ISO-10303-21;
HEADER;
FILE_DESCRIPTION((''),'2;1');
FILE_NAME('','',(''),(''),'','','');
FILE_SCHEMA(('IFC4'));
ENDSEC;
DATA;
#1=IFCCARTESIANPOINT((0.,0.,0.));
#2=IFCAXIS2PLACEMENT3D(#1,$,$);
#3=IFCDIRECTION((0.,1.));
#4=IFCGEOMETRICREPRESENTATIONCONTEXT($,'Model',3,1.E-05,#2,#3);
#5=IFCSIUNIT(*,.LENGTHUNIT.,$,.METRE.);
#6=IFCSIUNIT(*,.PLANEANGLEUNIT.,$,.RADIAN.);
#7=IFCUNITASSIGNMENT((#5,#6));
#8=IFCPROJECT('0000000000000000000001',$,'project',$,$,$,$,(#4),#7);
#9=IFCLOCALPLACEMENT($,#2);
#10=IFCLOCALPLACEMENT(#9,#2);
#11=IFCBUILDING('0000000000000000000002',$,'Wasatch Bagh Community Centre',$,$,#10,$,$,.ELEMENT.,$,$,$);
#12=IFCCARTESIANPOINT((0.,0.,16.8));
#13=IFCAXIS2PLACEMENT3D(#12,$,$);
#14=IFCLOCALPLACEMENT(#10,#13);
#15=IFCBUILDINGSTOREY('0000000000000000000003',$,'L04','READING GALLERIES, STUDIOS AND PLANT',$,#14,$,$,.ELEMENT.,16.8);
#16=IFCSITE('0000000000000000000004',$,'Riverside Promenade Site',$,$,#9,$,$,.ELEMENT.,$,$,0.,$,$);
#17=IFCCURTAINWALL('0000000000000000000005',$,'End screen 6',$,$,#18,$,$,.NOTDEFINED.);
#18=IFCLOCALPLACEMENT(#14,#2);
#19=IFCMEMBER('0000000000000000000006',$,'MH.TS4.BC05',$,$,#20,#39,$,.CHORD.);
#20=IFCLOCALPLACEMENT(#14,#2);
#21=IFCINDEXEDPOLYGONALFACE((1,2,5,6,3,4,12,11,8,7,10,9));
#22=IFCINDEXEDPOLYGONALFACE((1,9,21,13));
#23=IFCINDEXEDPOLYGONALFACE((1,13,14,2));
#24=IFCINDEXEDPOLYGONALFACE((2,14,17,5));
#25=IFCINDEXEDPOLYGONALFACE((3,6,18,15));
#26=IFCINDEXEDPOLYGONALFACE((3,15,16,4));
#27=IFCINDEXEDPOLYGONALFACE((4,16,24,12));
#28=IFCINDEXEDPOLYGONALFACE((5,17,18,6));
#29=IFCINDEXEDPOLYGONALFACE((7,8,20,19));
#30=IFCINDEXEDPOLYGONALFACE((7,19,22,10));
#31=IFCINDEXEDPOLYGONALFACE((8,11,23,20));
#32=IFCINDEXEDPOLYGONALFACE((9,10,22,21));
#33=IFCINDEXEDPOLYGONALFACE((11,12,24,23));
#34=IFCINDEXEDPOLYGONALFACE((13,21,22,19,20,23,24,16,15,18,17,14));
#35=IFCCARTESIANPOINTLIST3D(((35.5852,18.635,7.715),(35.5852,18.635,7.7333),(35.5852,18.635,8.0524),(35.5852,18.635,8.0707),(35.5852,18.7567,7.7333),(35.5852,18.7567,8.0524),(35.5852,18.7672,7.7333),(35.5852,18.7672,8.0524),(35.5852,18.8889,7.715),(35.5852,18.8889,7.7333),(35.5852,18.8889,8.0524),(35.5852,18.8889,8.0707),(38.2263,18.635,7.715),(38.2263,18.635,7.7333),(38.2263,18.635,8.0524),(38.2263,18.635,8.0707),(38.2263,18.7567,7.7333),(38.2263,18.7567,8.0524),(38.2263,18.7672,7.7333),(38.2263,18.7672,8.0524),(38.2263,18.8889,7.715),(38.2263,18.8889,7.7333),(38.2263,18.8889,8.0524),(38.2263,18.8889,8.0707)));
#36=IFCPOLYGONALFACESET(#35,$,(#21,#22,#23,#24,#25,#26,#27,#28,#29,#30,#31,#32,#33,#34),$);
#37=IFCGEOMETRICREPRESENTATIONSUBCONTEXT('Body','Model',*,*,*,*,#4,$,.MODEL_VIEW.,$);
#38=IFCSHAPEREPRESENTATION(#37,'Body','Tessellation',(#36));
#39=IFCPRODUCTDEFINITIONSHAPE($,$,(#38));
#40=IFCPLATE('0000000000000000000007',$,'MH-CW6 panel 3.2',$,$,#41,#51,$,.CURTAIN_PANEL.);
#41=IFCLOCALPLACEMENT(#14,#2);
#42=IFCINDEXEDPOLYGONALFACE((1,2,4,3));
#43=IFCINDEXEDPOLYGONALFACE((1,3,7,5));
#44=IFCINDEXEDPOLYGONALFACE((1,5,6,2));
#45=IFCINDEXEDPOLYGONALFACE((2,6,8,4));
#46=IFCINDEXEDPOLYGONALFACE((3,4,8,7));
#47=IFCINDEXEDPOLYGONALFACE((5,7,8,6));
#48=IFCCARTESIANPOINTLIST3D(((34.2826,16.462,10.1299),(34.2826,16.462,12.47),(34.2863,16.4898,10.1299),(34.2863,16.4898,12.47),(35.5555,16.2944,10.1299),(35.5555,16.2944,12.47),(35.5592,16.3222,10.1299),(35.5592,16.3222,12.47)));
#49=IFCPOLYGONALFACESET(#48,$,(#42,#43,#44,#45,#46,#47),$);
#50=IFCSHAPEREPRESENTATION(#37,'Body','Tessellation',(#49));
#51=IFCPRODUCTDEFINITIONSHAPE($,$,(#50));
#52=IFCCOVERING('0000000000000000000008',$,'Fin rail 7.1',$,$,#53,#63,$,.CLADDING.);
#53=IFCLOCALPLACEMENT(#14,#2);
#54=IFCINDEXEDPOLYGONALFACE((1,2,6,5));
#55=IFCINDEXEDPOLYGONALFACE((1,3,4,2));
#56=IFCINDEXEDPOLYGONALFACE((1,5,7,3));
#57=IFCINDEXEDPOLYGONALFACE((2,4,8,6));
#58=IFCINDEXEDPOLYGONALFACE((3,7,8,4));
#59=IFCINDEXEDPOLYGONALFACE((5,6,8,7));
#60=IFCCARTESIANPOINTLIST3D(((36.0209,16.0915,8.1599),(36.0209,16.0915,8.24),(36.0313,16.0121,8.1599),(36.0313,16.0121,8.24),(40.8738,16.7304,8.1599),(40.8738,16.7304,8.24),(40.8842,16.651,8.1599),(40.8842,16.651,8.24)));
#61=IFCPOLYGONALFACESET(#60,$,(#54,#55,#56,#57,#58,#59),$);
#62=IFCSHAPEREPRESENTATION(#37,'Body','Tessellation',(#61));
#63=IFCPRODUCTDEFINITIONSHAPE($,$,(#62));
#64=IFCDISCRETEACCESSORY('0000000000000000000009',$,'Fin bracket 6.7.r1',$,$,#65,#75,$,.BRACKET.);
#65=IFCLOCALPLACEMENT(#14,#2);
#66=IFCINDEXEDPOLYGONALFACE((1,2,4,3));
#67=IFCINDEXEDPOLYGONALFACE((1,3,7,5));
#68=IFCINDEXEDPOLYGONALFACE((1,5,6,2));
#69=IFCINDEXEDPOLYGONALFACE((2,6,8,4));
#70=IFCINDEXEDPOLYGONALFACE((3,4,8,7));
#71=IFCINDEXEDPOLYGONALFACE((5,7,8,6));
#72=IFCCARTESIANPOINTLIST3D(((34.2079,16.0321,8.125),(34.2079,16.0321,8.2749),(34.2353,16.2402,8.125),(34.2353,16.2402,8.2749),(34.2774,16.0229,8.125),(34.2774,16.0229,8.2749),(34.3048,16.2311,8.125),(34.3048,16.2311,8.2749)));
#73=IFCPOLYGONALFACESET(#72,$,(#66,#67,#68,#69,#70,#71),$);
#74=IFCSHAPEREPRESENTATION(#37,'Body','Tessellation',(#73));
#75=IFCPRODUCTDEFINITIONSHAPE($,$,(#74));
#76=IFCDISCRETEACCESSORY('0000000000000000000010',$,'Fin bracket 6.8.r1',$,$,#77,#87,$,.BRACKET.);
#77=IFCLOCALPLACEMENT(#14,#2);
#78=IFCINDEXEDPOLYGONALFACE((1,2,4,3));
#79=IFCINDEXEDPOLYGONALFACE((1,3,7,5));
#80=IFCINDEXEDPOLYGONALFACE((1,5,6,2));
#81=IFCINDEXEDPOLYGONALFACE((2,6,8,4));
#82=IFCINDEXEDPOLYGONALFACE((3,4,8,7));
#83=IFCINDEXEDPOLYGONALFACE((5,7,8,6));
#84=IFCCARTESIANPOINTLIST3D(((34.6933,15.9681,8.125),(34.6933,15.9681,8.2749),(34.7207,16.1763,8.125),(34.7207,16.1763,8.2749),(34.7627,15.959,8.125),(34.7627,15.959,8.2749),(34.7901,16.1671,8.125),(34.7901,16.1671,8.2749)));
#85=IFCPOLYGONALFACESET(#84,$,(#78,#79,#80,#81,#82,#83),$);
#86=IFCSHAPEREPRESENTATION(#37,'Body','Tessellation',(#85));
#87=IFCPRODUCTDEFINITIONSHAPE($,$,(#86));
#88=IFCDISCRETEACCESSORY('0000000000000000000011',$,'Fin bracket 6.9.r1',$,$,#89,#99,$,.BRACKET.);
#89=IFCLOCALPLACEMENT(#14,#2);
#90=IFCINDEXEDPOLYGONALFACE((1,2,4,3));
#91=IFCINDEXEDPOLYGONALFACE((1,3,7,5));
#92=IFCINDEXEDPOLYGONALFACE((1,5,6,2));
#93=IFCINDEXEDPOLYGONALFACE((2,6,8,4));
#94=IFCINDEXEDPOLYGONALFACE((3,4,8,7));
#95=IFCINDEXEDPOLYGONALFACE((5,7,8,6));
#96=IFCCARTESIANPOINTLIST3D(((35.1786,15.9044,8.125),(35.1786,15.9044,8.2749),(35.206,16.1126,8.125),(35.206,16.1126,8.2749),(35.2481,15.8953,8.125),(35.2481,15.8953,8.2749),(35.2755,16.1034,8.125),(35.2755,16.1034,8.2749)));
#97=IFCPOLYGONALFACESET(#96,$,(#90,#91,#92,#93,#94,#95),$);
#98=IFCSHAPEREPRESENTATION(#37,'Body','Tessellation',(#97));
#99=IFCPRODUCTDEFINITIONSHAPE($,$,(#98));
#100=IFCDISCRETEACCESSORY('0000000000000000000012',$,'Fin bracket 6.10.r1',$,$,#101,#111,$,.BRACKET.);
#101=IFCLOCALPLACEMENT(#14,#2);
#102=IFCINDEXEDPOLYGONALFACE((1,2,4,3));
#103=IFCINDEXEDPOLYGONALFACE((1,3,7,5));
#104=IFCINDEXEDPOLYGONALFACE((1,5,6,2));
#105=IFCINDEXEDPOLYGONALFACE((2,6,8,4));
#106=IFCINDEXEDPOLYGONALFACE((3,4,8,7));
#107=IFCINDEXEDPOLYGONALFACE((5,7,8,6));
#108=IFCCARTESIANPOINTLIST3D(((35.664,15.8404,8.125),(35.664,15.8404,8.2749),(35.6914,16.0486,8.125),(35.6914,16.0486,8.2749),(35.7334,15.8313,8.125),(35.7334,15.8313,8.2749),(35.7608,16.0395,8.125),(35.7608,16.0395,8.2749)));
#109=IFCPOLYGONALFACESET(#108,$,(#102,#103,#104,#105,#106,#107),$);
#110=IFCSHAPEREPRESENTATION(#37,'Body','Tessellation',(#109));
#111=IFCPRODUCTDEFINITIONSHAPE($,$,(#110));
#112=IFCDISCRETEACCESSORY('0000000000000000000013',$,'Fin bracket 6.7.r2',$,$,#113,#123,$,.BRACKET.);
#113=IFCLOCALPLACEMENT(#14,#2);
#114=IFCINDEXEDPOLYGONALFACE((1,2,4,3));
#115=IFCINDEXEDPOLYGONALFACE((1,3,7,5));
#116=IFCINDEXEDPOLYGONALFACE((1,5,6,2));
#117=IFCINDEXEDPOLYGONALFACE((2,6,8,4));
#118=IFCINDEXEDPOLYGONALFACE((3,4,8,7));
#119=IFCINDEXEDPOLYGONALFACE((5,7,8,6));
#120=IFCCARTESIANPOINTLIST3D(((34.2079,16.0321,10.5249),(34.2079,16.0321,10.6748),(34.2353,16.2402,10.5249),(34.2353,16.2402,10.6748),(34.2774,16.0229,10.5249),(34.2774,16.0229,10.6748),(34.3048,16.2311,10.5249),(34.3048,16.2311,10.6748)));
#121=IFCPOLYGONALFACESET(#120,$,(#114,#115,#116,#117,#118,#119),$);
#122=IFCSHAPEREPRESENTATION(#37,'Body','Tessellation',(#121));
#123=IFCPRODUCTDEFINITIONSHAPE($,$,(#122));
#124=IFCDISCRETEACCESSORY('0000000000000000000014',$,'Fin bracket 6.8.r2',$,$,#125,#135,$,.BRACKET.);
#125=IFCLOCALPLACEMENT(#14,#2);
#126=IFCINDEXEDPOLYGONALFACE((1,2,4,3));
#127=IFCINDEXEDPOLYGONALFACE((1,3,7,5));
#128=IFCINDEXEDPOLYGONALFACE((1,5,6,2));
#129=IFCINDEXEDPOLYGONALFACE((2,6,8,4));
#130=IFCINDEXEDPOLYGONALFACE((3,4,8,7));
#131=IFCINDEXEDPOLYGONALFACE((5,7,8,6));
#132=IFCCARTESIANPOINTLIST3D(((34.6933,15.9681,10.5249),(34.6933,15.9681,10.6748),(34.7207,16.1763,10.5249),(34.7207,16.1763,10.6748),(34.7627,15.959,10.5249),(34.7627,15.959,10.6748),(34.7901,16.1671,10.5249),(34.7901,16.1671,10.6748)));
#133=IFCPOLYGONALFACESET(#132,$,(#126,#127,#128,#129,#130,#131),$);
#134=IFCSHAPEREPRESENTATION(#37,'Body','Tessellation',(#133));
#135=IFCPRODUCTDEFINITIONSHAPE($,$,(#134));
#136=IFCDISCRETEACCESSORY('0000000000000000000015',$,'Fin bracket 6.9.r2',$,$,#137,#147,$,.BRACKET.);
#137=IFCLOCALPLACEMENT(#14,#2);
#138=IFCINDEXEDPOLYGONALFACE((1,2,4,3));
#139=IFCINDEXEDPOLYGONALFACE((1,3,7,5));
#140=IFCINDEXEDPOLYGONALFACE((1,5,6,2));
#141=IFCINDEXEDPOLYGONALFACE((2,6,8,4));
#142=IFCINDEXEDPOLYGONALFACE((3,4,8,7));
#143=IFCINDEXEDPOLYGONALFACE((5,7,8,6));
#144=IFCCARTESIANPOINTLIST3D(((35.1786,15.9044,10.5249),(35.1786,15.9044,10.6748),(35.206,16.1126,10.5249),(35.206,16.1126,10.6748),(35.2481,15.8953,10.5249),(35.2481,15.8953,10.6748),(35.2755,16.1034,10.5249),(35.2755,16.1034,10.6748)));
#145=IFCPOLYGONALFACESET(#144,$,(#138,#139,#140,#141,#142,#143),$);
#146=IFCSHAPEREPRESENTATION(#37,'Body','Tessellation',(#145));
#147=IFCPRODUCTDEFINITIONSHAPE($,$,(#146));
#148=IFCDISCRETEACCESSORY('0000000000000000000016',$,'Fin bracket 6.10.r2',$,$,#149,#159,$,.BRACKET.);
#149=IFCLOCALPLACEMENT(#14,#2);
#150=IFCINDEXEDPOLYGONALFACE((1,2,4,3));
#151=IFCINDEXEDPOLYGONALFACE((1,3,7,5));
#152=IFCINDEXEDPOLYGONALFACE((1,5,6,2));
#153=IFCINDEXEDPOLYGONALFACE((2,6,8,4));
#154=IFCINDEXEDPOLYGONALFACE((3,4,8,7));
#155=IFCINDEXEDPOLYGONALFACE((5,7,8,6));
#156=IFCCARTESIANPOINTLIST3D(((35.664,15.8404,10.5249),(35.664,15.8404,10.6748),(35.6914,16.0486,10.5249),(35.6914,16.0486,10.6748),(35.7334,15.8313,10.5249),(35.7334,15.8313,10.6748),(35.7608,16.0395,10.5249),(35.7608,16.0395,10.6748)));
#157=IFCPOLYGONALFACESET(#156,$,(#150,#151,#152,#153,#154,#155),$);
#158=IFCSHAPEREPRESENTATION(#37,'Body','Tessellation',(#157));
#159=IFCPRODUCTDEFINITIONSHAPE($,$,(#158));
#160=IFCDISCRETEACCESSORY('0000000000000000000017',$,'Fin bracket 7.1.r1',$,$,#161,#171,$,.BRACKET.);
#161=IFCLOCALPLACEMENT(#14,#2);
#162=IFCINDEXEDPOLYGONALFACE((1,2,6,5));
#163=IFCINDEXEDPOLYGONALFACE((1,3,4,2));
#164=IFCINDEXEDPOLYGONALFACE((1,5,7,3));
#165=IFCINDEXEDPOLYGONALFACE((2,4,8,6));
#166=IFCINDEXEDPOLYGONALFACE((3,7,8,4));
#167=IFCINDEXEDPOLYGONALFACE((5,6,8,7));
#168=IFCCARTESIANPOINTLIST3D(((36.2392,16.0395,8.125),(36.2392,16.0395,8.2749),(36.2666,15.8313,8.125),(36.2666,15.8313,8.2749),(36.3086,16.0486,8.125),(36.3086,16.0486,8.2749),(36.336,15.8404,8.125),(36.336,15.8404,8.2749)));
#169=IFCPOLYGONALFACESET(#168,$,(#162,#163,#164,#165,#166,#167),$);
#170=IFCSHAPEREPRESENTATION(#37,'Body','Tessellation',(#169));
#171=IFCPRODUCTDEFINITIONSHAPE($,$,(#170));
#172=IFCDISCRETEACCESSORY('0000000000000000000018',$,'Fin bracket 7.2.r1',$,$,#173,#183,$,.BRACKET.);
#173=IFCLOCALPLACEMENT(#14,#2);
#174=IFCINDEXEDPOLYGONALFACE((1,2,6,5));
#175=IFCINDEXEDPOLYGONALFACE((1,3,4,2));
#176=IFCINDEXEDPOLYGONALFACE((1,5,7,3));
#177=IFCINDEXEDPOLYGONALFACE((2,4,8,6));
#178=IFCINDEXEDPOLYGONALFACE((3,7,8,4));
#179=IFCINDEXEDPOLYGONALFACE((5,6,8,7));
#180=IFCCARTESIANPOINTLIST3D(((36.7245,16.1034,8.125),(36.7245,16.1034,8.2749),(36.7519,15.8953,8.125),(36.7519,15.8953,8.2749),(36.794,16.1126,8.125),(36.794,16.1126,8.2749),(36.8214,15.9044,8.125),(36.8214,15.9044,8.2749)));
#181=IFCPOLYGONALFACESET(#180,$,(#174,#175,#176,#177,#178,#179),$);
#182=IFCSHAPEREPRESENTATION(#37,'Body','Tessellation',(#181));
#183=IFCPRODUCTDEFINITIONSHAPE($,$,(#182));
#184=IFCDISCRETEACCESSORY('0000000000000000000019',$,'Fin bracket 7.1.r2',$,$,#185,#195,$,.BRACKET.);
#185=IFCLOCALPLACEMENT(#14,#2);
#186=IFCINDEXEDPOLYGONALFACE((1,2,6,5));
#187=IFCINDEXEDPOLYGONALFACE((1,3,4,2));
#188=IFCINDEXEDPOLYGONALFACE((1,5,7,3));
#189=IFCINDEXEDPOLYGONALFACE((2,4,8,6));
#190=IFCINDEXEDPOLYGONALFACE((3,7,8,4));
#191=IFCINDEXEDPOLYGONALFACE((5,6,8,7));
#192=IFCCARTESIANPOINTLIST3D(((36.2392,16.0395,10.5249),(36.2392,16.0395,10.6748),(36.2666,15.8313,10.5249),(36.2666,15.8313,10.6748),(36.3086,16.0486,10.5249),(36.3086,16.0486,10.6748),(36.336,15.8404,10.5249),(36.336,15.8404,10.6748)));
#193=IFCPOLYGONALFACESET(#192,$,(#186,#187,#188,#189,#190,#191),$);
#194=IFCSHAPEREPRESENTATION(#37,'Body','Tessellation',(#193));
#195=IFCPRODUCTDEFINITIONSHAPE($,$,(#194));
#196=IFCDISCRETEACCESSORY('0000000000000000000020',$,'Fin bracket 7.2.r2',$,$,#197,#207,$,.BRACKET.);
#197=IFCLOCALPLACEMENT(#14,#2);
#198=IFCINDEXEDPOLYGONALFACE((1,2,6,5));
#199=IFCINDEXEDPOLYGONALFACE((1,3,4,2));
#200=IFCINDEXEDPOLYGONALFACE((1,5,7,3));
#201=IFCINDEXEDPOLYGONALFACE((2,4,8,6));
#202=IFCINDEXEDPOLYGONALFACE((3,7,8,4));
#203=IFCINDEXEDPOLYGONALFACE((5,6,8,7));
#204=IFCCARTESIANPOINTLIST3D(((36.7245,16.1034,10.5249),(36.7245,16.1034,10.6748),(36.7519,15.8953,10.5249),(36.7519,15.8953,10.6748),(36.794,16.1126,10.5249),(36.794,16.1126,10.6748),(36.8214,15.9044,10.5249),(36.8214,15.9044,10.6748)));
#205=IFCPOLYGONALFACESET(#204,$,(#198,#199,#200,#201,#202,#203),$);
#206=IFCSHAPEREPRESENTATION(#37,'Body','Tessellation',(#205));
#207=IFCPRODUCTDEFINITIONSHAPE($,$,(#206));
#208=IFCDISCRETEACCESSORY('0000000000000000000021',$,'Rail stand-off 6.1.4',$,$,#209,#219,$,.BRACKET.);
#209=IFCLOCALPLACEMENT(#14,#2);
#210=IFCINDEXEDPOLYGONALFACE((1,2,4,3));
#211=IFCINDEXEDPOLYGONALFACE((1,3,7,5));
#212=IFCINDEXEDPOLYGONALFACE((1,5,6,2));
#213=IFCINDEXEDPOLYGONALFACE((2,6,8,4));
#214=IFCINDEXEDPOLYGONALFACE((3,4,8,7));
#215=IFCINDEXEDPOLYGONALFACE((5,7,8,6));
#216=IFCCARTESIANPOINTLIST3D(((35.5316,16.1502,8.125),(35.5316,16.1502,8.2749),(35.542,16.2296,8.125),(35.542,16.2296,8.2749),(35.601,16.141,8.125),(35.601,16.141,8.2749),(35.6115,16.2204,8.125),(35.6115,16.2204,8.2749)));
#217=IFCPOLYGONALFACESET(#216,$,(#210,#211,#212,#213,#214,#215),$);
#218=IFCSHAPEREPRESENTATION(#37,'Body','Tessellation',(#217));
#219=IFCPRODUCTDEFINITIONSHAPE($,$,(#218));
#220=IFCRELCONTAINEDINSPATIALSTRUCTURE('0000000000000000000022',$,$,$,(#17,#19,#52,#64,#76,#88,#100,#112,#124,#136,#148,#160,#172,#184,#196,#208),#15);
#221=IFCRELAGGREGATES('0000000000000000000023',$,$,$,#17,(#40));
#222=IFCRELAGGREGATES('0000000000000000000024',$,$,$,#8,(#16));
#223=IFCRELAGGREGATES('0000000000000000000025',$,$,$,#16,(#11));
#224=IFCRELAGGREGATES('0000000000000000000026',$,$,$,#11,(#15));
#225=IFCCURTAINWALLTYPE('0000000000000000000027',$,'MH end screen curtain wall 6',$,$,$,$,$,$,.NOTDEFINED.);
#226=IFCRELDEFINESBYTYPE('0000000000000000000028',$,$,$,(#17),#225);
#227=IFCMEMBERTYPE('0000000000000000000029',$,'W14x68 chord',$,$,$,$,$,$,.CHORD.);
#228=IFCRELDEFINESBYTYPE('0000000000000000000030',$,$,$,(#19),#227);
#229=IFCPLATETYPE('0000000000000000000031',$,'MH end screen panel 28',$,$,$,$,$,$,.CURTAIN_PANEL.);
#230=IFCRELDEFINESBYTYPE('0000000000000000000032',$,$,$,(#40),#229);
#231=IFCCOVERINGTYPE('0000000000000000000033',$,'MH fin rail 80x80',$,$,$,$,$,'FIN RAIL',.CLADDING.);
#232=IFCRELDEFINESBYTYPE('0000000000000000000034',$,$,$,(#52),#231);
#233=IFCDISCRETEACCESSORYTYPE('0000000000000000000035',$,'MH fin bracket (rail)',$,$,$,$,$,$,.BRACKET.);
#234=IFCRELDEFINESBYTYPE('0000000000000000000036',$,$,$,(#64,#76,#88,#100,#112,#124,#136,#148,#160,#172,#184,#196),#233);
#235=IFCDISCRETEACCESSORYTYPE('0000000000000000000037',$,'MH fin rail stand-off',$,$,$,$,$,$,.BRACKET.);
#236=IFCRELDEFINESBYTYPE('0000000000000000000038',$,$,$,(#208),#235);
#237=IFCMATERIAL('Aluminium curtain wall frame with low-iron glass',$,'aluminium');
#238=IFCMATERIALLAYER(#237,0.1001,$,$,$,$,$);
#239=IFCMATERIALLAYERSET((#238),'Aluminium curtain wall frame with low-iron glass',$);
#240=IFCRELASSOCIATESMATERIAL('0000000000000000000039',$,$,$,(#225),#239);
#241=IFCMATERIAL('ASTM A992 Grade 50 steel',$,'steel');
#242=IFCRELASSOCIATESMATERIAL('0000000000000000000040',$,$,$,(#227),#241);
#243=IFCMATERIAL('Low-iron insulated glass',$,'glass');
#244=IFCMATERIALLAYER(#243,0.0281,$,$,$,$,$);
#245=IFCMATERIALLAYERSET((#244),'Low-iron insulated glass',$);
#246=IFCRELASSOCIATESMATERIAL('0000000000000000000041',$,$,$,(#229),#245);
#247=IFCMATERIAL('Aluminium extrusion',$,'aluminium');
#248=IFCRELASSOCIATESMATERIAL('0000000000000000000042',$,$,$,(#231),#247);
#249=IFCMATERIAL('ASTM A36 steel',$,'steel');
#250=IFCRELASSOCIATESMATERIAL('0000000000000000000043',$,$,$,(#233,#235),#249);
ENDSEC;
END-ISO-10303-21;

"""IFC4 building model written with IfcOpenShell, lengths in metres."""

from ifc_helpers import new_model, si_unit, direction, frame, origin, origin_2d, place, context, subcontext, project, spatial, rectangle, i_section, extrude, material, layer, layer_set, material_profile, profile_set, type_object, element, aggregate, save


model = new_model("IFC4")

# Units and contexts
model_context = context("Model", 3, precision=1e-05, world=origin(), true_north=direction((0.0, 1.0)))
body_context = subcontext(model_context, "Body", "Model", "MODEL_VIEW")
ifc_project = project(units=[si_unit("LENGTHUNIT", "METRE"), si_unit("PLANEANGLEUNIT", "RADIAN")], contexts=[model_context])

# Site, building, storey
site_placement = place(None, origin())
site = spatial("IfcSite", under=ifc_project, at=site_placement, Name="Riverside Promenade Site", CompositionType="ELEMENT", RefElevation=0.0)
building_placement = place(site_placement, origin())
building = spatial("IfcBuilding", under=site, at=building_placement, Name="Wasatch Bagh Community Centre", CompositionType="ELEMENT")
storey_placement = place(building_placement, frame((0.0, 0.0, 16.8)))
storey = spatial("IfcBuildingStorey", under=building, at=storey_placement, Name="L04", Description="READING GALLERIES, STUDIOS AND PLANT", CompositionType="ELEMENT", Elevation=16.8)

# Curtain wall
ifc_material_1 = material(Name="Aluminium curtain wall frame with low-iron glass", Category="aluminium")
ifc_layer_1 = layer(ifc_material_1, 0.1001)
ifc_layer_set_1 = layer_set([ifc_layer_1], Name="Aluminium curtain wall frame with low-iron glass")
curtain_wall_type_1 = type_object("IfcCurtainWallType", Name="MH end screen curtain wall 6", PredefinedType="NOTDEFINED", material=ifc_layer_set_1)
curtain_wall_1_placement = place(storey_placement, origin())
curtain_wall_1 = element("IfcCurtainWall", 1, at=curtain_wall_1_placement, inside=storey, type_object=curtain_wall_type_1, Name="End screen 6", PredefinedType="NOTDEFINED")
ifc_material_2 = material(Name="Aluminium extrusion", Category="aluminium")

# Member
ifc_material_3 = material(Name="ASTM A992 Grade 50 steel", Category="steel")
ifc_material_profile_1 = material_profile(ifc_material_3, i_section(OverallWidth=0.2539, OverallDepth=0.3557, WebThickness=0.0105, FlangeThickness=0.0183, at=origin_2d()), Name="W14x68")
ifc_profile_set_1 = profile_set([ifc_material_profile_1], Name="ASTM A992 Grade 50 steel")
member_type_1 = type_object("IfcMemberType", Name="W14x68 chord", PredefinedType="CHORD", material=ifc_profile_set_1)
for number, where, z_axis, x_axis, name in (
    (2, (35.5852, 18.762, 7.8928), (1.0, 0.0, 0.0), (0.0, 1.0, 0.0), "MH.TS4.BC05"),
):
    element("IfcMember", number, at=place(storey_placement, frame(where, z_axis=z_axis, x_axis=x_axis)), inside=storey, type_object=member_type_1, Name=name, PredefinedType="CHORD", context=body_context, shape_type="SweptSolid", body=[
        extrude(i_section(OverallWidth=0.2539, OverallDepth=0.3557, WebThickness=0.0105, FlangeThickness=0.0183, at=origin_2d()), origin(), (0.0, 0.0, 1.0), 2.6411),
    ])

# Plate
ifc_material_4 = material(Name="Low-iron insulated glass", Category="glass")
ifc_layer_2 = layer(ifc_material_4, 0.0281)
ifc_layer_set_2 = layer_set([ifc_layer_2], Name="Low-iron insulated glass")
plate_type = type_object("IfcPlateType", Name="MH end screen panel 28", PredefinedType="CURTAIN_PANEL", material=ifc_layer_set_2)
plate_placement = place(storey_placement, frame((34.9209, 16.3921, 10.1299), z_axis=(0.0, 0.0, 1.0), x_axis=(0.991445, -0.130526, 0.0)))
plate = element("IfcPlate", 3, at=plate_placement, type_object=plate_type, Name="MH-CW6 panel 3.2", PredefinedType="CURTAIN_PANEL", context=body_context, shape_type="SweptSolid", body=[
    extrude(rectangle(XDim=1.2839, YDim=0.0281, at=origin_2d()), origin(), (0.0, 0.0, 1.0), 2.3401),
])
aggregate(curtain_wall_1, [plate])

# Covering
ifc_material_profile_2 = material_profile(ifc_material_2, rectangle(XDim=0.0801, YDim=0.0801, at=origin_2d()), Name="AL 80x80")
ifc_profile_set_2 = profile_set([ifc_material_profile_2], Name="Aluminium extrusion")
covering_type = type_object("IfcCoveringType", Name="MH fin rail 80x80", ElementType="FIN RAIL", PredefinedType="CLADDING", material=ifc_profile_set_2)
covering_placement = place(storey_placement, frame((36.0261, 16.0518, 8.2), z_axis=(0.991444, 0.130533, 0.0), x_axis=(-0.130533, 0.991444, 0.0)))
element("IfcCovering", 4, at=covering_placement, inside=storey, type_object=covering_type, Name="Fin rail 7.1", PredefinedType="CLADDING", context=body_context, shape_type="SweptSolid", body=[
    extrude(rectangle(XDim=0.0801, YDim=0.0801, at=origin_2d()), origin(), (0.0, 0.0, 1.0), 4.8948),
])

# Discrete accessories
ifc_material_5 = material(Name="ASTM A36 steel", Category="steel")
discrete_accessory_type_1 = type_object("IfcDiscreteAccessoryType", Name="MH fin bracket (rail)", PredefinedType="BRACKET", material=ifc_material_5)
for number, where, z_axis, x_axis, name in (
    (5, (34.2563, 16.1316, 8.125), (0.0, 0.0, 1.0), (0.991445, -0.130526, 0.0), "Fin bracket 6.7.r1"),
    (6, (34.7417, 16.0676, 8.125), (0.0, 0.0, 1.0), (0.991445, -0.130526, 0.0), "Fin bracket 6.8.r1"),
    (7, (35.2271, 16.0039, 8.125), (0.0, 0.0, 1.0), (0.991445, -0.130526, 0.0), "Fin bracket 6.9.r1"),
    (8, (35.7124, 15.9399, 8.125), (0.0, 0.0, 1.0), (0.991445, -0.130526, 0.0), "Fin bracket 6.10.r1"),
    (9, (34.2563, 16.1316, 10.5249), (0.0, 0.0, 1.0), (0.991445, -0.130526, 0.0), "Fin bracket 6.7.r2"),
    (10, (34.7417, 16.0676, 10.5249), (0.0, 0.0, 1.0), (0.991445, -0.130526, 0.0), "Fin bracket 6.8.r2"),
    (11, (35.2271, 16.0039, 10.5249), (0.0, 0.0, 1.0), (0.991445, -0.130526, 0.0), "Fin bracket 6.9.r2"),
    (12, (35.7124, 15.9399, 10.5249), (0.0, 0.0, 1.0), (0.991445, -0.130526, 0.0), "Fin bracket 6.10.r2"),
    (13, (36.2876, 15.9399, 8.125), (0.0, 0.0, 1.0), (0.991445, 0.130526, 0.0), "Fin bracket 7.1.r1"),
    (14, (36.7729, 16.0039, 8.125), (0.0, 0.0, 1.0), (0.991445, 0.130526, 0.0), "Fin bracket 7.2.r1"),
    (15, (36.2876, 15.9399, 10.5249), (0.0, 0.0, 1.0), (0.991445, 0.130526, 0.0), "Fin bracket 7.1.r2"),
    (16, (36.7729, 16.0039, 10.5249), (0.0, 0.0, 1.0), (0.991445, 0.130526, 0.0), "Fin bracket 7.2.r2"),
):
    element("IfcDiscreteAccessory", number, at=place(storey_placement, frame(where, z_axis=z_axis, x_axis=x_axis)), inside=storey, type_object=discrete_accessory_type_1, Name=name, PredefinedType="BRACKET", context=body_context, shape_type="SweptSolid", body=[
        extrude(rectangle(XDim=0.0701, YDim=0.21, at=origin_2d()), origin(), (0.0, 0.0, 1.0), 0.1499),
    ])
discrete_accessory_type_2 = type_object("IfcDiscreteAccessoryType", Name="MH fin rail stand-off", PredefinedType="BRACKET", material=ifc_material_5)
for number, where, z_axis, x_axis, name in (
    (17, (35.5715, 16.1853, 8.125), (0.0, 0.0, 1.0), (0.991445, -0.130526, 0.0), "Rail stand-off 6.1.4"),
):
    element("IfcDiscreteAccessory", number, at=place(storey_placement, frame(where, z_axis=z_axis, x_axis=x_axis)), inside=storey, type_object=discrete_accessory_type_2, Name=name, PredefinedType="BRACKET", context=body_context, shape_type="SweptSolid", body=[
        extrude(rectangle(XDim=0.0701, YDim=0.0801, at=origin_2d()), origin(), (0.0, 0.0, 1.0), 0.1499),
    ])

save(model, "model.ifc")
